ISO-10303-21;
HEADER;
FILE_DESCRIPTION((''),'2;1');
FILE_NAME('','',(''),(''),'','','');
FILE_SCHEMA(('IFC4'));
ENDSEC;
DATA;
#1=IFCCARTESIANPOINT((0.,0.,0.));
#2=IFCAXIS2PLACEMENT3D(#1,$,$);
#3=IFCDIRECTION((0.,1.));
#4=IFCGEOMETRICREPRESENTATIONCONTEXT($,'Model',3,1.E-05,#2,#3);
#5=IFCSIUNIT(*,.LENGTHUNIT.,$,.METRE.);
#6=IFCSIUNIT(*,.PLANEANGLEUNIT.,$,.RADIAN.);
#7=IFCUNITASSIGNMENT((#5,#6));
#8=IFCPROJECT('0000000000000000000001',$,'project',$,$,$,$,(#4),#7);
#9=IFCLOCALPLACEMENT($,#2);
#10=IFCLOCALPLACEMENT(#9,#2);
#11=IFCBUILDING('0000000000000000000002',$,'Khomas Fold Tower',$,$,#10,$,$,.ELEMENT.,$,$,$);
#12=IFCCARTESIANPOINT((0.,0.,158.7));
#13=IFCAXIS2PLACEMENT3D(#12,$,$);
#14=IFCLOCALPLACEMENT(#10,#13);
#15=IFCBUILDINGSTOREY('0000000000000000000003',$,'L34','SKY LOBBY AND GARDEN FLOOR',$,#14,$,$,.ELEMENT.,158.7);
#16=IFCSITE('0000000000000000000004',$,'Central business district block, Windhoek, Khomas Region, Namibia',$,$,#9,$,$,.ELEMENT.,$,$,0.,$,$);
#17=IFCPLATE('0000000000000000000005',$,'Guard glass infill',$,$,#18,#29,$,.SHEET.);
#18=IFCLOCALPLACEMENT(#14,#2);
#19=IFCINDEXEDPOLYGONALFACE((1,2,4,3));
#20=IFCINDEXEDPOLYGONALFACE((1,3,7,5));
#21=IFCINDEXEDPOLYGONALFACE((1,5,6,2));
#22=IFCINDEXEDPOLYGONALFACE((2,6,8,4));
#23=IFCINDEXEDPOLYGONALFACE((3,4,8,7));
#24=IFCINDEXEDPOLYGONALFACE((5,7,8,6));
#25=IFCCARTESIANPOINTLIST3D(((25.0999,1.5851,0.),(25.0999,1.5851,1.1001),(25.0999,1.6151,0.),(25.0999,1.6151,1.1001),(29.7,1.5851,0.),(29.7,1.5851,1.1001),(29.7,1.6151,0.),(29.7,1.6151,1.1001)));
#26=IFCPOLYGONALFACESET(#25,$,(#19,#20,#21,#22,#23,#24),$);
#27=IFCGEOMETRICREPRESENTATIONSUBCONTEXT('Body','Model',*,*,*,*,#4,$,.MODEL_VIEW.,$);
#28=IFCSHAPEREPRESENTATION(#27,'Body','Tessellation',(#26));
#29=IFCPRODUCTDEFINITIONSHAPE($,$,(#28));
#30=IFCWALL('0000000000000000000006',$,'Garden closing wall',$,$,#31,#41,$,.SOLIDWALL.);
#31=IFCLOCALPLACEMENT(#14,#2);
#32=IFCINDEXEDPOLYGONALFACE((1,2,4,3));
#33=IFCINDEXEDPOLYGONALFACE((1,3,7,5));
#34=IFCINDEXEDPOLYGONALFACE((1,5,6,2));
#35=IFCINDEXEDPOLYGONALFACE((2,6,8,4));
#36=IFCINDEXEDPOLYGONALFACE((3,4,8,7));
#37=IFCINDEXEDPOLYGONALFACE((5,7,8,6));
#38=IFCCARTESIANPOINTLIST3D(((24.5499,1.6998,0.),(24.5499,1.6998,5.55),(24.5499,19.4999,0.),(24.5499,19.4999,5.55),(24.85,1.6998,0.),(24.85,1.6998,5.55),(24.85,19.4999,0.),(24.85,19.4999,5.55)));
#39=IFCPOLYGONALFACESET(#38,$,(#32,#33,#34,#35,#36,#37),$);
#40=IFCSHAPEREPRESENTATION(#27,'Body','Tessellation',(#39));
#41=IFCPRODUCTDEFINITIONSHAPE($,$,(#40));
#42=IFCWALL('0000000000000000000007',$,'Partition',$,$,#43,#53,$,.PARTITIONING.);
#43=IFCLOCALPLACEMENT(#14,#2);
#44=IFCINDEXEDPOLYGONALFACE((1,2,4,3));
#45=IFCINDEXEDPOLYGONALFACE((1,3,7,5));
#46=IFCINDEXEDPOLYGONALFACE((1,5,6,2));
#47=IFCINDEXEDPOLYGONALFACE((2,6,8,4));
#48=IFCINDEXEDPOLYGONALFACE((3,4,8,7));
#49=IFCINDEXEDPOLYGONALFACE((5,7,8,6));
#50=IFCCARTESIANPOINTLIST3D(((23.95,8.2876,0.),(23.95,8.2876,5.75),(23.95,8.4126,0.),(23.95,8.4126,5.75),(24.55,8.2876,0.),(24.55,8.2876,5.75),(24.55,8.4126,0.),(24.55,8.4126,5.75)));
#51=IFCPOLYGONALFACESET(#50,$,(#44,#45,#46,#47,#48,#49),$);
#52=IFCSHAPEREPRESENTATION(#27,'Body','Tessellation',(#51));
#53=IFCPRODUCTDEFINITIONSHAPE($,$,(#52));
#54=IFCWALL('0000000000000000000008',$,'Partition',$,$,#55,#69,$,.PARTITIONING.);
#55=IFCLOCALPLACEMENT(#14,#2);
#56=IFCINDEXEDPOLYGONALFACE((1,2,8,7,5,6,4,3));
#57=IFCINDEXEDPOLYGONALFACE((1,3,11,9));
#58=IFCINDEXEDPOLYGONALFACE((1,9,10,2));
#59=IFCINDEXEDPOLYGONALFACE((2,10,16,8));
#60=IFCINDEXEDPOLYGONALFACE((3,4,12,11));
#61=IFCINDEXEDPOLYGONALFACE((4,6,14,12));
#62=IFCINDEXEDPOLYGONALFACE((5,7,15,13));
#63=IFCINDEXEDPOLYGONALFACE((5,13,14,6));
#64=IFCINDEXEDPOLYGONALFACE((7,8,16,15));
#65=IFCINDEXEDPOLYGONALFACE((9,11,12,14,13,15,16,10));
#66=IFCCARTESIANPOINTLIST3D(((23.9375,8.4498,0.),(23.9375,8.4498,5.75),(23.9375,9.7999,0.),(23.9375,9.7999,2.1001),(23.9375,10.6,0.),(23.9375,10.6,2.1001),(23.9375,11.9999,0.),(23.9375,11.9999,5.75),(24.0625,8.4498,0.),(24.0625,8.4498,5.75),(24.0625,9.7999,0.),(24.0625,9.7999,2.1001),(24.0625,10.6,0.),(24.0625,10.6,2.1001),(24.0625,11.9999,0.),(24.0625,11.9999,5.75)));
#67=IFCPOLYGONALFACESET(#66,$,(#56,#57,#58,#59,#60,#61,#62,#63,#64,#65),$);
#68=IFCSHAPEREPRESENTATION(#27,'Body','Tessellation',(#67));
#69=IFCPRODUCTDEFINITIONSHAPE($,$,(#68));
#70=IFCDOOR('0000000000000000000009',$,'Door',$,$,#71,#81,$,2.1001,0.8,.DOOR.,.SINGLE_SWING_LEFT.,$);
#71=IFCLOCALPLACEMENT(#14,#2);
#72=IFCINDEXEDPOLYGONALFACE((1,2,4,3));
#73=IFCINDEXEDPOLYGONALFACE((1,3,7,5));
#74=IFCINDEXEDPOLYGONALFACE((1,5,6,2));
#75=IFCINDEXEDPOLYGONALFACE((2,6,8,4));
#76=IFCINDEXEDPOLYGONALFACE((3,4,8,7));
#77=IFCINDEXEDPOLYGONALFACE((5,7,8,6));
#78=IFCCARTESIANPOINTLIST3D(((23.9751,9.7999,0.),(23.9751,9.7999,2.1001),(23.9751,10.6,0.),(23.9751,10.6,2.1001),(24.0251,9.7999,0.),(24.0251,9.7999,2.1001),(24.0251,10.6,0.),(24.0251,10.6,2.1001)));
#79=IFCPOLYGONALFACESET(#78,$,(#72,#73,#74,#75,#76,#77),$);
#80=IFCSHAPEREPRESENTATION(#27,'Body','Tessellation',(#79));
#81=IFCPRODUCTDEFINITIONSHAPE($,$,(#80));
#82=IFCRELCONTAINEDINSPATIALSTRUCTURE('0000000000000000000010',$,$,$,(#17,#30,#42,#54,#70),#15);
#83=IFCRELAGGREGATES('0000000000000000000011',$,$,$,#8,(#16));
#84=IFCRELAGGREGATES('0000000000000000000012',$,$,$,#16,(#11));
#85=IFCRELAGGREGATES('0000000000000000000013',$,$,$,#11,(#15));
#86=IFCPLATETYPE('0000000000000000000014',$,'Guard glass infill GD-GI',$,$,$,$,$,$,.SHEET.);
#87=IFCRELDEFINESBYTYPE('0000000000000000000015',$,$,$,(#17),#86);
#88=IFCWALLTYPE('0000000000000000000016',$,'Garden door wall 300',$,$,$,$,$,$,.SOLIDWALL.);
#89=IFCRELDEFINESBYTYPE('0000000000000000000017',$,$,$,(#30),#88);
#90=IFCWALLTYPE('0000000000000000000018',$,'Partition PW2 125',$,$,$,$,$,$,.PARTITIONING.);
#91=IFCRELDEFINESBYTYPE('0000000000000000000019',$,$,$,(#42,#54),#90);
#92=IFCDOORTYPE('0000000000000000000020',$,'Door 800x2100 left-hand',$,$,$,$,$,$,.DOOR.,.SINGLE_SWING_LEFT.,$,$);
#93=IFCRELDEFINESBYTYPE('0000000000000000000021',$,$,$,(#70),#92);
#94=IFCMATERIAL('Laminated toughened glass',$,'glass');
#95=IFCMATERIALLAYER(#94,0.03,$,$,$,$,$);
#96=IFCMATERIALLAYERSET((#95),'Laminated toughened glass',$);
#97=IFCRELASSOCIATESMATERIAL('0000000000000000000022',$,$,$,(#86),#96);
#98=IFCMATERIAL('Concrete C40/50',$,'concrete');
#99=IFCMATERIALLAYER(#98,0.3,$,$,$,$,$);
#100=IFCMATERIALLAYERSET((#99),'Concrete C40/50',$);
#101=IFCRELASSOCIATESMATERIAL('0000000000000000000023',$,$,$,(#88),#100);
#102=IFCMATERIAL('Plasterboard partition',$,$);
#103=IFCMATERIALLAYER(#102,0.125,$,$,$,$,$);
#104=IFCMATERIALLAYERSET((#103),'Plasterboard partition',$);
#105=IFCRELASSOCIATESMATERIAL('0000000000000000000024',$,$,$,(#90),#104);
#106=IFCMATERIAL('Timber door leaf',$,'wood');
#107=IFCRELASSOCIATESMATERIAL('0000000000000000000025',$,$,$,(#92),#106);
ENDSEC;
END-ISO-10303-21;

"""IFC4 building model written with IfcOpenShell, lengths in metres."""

from ifc_helpers import new_model, si_unit, direction, frame, frame_2d, origin, origin_2d, place, context, subcontext, project, spatial, rectangle, extrude, source, transform, mapped, material, layer, layer_set, type_object, element, fill, save


model = new_model("IFC4")

# Units and contexts
model_context = context("Model", 3, precision=1e-05, world=origin(), true_north=direction((0.0, 1.0)))
body_context = subcontext(model_context, "Body", "Model", "MODEL_VIEW")
ifc_project = project(units=[si_unit("LENGTHUNIT", "METRE"), si_unit("PLANEANGLEUNIT", "RADIAN")], contexts=[model_context])

# Site, building, storey
site_placement = place(None, origin())
site = spatial("IfcSite", under=ifc_project, at=site_placement, Name="Central business district block, Windhoek, Khomas Region, Namibia", CompositionType="ELEMENT", RefElevation=0.0)
building_placement = place(site_placement, origin())
building = spatial("IfcBuilding", under=site, at=building_placement, Name="Khomas Fold Tower", CompositionType="ELEMENT")
storey_placement = place(building_placement, frame((0.0, 0.0, 158.7)))
storey = spatial("IfcBuildingStorey", under=building, at=storey_placement, Name="L34", Description="SKY LOBBY AND GARDEN FLOOR", CompositionType="ELEMENT", Elevation=158.7)

# Plate
ifc_material_1 = material(Name="Laminated toughened glass", Category="glass")
ifc_layer_1 = layer(ifc_material_1, 0.03)
ifc_layer_set_1 = layer_set([ifc_layer_1], Name="Laminated toughened glass")
plate_type = type_object("IfcPlateType", Name="Guard glass infill GD-GI", PredefinedType="SHEET", material=ifc_layer_set_1)
shared_shape_1 = source(origin(), body_context, "Body", "SweptSolid", [
    extrude(rectangle(XDim=4.6001, YDim=0.03, at=origin_2d()), origin(), (0.0, 0.0, 1.0), 1.1001),
])
for number, where, z_axis, x_axis, name in (
    (1, (27.3999, 1.6001, 0.0), (0.0, 0.0, 1.0), (-1.0, 0.0, 0.0), "Guard glass infill"),
):
    element("IfcPlate", number, at=place(storey_placement, frame(where, z_axis=z_axis, x_axis=x_axis)), inside=storey, type_object=plate_type, Name=name, PredefinedType="SHEET", context=body_context, shape_type="MappedRepresentation", body=[
        mapped(shared_shape_1, transform((0.0, 0.0, 0.0))),
    ])

# Walls
ifc_material_2 = material(Name="Concrete C40/50", Category="concrete")
ifc_layer_2 = layer(ifc_material_2, 0.3)
ifc_layer_set_2 = layer_set([ifc_layer_2], Name="Concrete C40/50")
wall_type_1 = type_object("IfcWallType", Name="Garden door wall 300", PredefinedType="SOLIDWALL", material=ifc_layer_set_2)
shared_shape_2 = source(origin(), body_context, "Body", "SweptSolid", [
    extrude(rectangle(XDim=17.8, YDim=0.3, at=frame_2d((8.8999, 0.0))), origin(), (0.0, 0.0, 1.0), 5.55),
])
wall_1_placement = place(storey_placement, frame((24.7, 1.7, 0.0), z_axis=(0.0, 0.0, 1.0), x_axis=(0.0, 1.0, 0.0)))
element("IfcWall", 2, at=wall_1_placement, inside=storey, type_object=wall_type_1, Name="Garden closing wall", PredefinedType="SOLIDWALL", context=body_context, shape_type="MappedRepresentation", body=[
    mapped(shared_shape_2, transform((0.0, 0.0, 0.0))),
])
ifc_material_3 = material(Name="Plasterboard partition")
ifc_layer_3 = layer(ifc_material_3, 0.125)
ifc_layer_set_3 = layer_set([ifc_layer_3], Name="Plasterboard partition")
wall_type_2 = type_object("IfcWallType", Name="Partition PW2 125", PredefinedType="PARTITIONING", material=ifc_layer_set_3)
shared_shape_3 = source(origin(), body_context, "Body", "SweptSolid", [
    extrude(rectangle(XDim=0.6001, YDim=0.125, at=frame_2d((0.3, 0.0))), origin(), (0.0, 0.0, 1.0), 5.75),
])
wall_2_placement = place(storey_placement, frame((23.95, 8.3501, 0.0), z_axis=(0.0, 0.0, 1.0), x_axis=(1.0, 0.0, 0.0)))
element("IfcWall", 3, at=wall_2_placement, inside=storey, type_object=wall_type_2, Name="Partition", PredefinedType="PARTITIONING", context=body_context, shape_type="MappedRepresentation", body=[
    mapped(shared_shape_3, transform((0.0, 0.0, 0.0))),
])

# Wall, opening, door
shared_shape_4 = source(origin(), body_context, "Body", "SweptSolid", [
    extrude(rectangle(XDim=3.55, YDim=0.125, at=frame_2d((1.7749, 0.0))), origin(), (0.0, 0.0, 1.0), 5.75),
])
wall_3_placement = place(storey_placement, frame((24.0, 8.45, 0.0), z_axis=(0.0, 0.0, 1.0), x_axis=(0.0, 1.0, 0.0)))
wall_3 = element("IfcWall", 4, at=wall_3_placement, inside=storey, type_object=wall_type_2, Name="Partition", PredefinedType="PARTITIONING", context=body_context, shape_type="MappedRepresentation", body=[
    mapped(shared_shape_4, transform((0.0, 0.0, 0.0))),
])
shared_shape_5 = source(origin(), body_context, "Body", "SweptSolid", [
    extrude(rectangle(XDim=0.8, YDim=2.1001, at=frame_2d((0.3999, 1.05))), frame((0.0, 0.0725, 0.0), z_axis=(0.0, -1.0, 0.0), x_axis=(1.0, 0.0, 0.0)), (0.0, 0.0, 1.0), 0.145),
])
opening_placement = place(wall_3_placement, frame((1.3501, 0.0, 0.0)))
opening = element("IfcOpeningElement", 5, at=opening_placement, cuts=wall_3, PredefinedType="OPENING", context=body_context, shape_type="MappedRepresentation", body=[
    mapped(shared_shape_5, transform((0.0, 0.0, 0.0))),
])
ifc_material_4 = material(Name="Timber door leaf", Category="wood")
door_type = type_object("IfcDoorType", Name="Door 800x2100 left-hand", OperationType="SINGLE_SWING_LEFT", PredefinedType="DOOR", material=ifc_material_4)
shared_shape_6 = source(origin(), body_context, "Body", "SweptSolid", [
    extrude(rectangle(XDim=0.8, YDim=2.1001, at=frame_2d((0.3999, 1.05))), frame((0.0, 0.0249, 0.0), z_axis=(0.0, -1.0, 0.0), x_axis=(1.0, 0.0, 0.0)), (0.0, 0.0, 1.0), 0.05),
])
door_placement = place(opening_placement, origin())
door = element("IfcDoor", 6, at=door_placement, inside=storey, type_object=door_type, Name="Door", OperationType="SINGLE_SWING_LEFT", OverallHeight=2.1001, OverallWidth=0.8, PredefinedType="DOOR", context=body_context, shape_type="MappedRepresentation", body=[
    mapped(shared_shape_6, transform((0.0, 0.0, 0.0))),
])
fill(opening, door)

save(model, "model.ifc")
